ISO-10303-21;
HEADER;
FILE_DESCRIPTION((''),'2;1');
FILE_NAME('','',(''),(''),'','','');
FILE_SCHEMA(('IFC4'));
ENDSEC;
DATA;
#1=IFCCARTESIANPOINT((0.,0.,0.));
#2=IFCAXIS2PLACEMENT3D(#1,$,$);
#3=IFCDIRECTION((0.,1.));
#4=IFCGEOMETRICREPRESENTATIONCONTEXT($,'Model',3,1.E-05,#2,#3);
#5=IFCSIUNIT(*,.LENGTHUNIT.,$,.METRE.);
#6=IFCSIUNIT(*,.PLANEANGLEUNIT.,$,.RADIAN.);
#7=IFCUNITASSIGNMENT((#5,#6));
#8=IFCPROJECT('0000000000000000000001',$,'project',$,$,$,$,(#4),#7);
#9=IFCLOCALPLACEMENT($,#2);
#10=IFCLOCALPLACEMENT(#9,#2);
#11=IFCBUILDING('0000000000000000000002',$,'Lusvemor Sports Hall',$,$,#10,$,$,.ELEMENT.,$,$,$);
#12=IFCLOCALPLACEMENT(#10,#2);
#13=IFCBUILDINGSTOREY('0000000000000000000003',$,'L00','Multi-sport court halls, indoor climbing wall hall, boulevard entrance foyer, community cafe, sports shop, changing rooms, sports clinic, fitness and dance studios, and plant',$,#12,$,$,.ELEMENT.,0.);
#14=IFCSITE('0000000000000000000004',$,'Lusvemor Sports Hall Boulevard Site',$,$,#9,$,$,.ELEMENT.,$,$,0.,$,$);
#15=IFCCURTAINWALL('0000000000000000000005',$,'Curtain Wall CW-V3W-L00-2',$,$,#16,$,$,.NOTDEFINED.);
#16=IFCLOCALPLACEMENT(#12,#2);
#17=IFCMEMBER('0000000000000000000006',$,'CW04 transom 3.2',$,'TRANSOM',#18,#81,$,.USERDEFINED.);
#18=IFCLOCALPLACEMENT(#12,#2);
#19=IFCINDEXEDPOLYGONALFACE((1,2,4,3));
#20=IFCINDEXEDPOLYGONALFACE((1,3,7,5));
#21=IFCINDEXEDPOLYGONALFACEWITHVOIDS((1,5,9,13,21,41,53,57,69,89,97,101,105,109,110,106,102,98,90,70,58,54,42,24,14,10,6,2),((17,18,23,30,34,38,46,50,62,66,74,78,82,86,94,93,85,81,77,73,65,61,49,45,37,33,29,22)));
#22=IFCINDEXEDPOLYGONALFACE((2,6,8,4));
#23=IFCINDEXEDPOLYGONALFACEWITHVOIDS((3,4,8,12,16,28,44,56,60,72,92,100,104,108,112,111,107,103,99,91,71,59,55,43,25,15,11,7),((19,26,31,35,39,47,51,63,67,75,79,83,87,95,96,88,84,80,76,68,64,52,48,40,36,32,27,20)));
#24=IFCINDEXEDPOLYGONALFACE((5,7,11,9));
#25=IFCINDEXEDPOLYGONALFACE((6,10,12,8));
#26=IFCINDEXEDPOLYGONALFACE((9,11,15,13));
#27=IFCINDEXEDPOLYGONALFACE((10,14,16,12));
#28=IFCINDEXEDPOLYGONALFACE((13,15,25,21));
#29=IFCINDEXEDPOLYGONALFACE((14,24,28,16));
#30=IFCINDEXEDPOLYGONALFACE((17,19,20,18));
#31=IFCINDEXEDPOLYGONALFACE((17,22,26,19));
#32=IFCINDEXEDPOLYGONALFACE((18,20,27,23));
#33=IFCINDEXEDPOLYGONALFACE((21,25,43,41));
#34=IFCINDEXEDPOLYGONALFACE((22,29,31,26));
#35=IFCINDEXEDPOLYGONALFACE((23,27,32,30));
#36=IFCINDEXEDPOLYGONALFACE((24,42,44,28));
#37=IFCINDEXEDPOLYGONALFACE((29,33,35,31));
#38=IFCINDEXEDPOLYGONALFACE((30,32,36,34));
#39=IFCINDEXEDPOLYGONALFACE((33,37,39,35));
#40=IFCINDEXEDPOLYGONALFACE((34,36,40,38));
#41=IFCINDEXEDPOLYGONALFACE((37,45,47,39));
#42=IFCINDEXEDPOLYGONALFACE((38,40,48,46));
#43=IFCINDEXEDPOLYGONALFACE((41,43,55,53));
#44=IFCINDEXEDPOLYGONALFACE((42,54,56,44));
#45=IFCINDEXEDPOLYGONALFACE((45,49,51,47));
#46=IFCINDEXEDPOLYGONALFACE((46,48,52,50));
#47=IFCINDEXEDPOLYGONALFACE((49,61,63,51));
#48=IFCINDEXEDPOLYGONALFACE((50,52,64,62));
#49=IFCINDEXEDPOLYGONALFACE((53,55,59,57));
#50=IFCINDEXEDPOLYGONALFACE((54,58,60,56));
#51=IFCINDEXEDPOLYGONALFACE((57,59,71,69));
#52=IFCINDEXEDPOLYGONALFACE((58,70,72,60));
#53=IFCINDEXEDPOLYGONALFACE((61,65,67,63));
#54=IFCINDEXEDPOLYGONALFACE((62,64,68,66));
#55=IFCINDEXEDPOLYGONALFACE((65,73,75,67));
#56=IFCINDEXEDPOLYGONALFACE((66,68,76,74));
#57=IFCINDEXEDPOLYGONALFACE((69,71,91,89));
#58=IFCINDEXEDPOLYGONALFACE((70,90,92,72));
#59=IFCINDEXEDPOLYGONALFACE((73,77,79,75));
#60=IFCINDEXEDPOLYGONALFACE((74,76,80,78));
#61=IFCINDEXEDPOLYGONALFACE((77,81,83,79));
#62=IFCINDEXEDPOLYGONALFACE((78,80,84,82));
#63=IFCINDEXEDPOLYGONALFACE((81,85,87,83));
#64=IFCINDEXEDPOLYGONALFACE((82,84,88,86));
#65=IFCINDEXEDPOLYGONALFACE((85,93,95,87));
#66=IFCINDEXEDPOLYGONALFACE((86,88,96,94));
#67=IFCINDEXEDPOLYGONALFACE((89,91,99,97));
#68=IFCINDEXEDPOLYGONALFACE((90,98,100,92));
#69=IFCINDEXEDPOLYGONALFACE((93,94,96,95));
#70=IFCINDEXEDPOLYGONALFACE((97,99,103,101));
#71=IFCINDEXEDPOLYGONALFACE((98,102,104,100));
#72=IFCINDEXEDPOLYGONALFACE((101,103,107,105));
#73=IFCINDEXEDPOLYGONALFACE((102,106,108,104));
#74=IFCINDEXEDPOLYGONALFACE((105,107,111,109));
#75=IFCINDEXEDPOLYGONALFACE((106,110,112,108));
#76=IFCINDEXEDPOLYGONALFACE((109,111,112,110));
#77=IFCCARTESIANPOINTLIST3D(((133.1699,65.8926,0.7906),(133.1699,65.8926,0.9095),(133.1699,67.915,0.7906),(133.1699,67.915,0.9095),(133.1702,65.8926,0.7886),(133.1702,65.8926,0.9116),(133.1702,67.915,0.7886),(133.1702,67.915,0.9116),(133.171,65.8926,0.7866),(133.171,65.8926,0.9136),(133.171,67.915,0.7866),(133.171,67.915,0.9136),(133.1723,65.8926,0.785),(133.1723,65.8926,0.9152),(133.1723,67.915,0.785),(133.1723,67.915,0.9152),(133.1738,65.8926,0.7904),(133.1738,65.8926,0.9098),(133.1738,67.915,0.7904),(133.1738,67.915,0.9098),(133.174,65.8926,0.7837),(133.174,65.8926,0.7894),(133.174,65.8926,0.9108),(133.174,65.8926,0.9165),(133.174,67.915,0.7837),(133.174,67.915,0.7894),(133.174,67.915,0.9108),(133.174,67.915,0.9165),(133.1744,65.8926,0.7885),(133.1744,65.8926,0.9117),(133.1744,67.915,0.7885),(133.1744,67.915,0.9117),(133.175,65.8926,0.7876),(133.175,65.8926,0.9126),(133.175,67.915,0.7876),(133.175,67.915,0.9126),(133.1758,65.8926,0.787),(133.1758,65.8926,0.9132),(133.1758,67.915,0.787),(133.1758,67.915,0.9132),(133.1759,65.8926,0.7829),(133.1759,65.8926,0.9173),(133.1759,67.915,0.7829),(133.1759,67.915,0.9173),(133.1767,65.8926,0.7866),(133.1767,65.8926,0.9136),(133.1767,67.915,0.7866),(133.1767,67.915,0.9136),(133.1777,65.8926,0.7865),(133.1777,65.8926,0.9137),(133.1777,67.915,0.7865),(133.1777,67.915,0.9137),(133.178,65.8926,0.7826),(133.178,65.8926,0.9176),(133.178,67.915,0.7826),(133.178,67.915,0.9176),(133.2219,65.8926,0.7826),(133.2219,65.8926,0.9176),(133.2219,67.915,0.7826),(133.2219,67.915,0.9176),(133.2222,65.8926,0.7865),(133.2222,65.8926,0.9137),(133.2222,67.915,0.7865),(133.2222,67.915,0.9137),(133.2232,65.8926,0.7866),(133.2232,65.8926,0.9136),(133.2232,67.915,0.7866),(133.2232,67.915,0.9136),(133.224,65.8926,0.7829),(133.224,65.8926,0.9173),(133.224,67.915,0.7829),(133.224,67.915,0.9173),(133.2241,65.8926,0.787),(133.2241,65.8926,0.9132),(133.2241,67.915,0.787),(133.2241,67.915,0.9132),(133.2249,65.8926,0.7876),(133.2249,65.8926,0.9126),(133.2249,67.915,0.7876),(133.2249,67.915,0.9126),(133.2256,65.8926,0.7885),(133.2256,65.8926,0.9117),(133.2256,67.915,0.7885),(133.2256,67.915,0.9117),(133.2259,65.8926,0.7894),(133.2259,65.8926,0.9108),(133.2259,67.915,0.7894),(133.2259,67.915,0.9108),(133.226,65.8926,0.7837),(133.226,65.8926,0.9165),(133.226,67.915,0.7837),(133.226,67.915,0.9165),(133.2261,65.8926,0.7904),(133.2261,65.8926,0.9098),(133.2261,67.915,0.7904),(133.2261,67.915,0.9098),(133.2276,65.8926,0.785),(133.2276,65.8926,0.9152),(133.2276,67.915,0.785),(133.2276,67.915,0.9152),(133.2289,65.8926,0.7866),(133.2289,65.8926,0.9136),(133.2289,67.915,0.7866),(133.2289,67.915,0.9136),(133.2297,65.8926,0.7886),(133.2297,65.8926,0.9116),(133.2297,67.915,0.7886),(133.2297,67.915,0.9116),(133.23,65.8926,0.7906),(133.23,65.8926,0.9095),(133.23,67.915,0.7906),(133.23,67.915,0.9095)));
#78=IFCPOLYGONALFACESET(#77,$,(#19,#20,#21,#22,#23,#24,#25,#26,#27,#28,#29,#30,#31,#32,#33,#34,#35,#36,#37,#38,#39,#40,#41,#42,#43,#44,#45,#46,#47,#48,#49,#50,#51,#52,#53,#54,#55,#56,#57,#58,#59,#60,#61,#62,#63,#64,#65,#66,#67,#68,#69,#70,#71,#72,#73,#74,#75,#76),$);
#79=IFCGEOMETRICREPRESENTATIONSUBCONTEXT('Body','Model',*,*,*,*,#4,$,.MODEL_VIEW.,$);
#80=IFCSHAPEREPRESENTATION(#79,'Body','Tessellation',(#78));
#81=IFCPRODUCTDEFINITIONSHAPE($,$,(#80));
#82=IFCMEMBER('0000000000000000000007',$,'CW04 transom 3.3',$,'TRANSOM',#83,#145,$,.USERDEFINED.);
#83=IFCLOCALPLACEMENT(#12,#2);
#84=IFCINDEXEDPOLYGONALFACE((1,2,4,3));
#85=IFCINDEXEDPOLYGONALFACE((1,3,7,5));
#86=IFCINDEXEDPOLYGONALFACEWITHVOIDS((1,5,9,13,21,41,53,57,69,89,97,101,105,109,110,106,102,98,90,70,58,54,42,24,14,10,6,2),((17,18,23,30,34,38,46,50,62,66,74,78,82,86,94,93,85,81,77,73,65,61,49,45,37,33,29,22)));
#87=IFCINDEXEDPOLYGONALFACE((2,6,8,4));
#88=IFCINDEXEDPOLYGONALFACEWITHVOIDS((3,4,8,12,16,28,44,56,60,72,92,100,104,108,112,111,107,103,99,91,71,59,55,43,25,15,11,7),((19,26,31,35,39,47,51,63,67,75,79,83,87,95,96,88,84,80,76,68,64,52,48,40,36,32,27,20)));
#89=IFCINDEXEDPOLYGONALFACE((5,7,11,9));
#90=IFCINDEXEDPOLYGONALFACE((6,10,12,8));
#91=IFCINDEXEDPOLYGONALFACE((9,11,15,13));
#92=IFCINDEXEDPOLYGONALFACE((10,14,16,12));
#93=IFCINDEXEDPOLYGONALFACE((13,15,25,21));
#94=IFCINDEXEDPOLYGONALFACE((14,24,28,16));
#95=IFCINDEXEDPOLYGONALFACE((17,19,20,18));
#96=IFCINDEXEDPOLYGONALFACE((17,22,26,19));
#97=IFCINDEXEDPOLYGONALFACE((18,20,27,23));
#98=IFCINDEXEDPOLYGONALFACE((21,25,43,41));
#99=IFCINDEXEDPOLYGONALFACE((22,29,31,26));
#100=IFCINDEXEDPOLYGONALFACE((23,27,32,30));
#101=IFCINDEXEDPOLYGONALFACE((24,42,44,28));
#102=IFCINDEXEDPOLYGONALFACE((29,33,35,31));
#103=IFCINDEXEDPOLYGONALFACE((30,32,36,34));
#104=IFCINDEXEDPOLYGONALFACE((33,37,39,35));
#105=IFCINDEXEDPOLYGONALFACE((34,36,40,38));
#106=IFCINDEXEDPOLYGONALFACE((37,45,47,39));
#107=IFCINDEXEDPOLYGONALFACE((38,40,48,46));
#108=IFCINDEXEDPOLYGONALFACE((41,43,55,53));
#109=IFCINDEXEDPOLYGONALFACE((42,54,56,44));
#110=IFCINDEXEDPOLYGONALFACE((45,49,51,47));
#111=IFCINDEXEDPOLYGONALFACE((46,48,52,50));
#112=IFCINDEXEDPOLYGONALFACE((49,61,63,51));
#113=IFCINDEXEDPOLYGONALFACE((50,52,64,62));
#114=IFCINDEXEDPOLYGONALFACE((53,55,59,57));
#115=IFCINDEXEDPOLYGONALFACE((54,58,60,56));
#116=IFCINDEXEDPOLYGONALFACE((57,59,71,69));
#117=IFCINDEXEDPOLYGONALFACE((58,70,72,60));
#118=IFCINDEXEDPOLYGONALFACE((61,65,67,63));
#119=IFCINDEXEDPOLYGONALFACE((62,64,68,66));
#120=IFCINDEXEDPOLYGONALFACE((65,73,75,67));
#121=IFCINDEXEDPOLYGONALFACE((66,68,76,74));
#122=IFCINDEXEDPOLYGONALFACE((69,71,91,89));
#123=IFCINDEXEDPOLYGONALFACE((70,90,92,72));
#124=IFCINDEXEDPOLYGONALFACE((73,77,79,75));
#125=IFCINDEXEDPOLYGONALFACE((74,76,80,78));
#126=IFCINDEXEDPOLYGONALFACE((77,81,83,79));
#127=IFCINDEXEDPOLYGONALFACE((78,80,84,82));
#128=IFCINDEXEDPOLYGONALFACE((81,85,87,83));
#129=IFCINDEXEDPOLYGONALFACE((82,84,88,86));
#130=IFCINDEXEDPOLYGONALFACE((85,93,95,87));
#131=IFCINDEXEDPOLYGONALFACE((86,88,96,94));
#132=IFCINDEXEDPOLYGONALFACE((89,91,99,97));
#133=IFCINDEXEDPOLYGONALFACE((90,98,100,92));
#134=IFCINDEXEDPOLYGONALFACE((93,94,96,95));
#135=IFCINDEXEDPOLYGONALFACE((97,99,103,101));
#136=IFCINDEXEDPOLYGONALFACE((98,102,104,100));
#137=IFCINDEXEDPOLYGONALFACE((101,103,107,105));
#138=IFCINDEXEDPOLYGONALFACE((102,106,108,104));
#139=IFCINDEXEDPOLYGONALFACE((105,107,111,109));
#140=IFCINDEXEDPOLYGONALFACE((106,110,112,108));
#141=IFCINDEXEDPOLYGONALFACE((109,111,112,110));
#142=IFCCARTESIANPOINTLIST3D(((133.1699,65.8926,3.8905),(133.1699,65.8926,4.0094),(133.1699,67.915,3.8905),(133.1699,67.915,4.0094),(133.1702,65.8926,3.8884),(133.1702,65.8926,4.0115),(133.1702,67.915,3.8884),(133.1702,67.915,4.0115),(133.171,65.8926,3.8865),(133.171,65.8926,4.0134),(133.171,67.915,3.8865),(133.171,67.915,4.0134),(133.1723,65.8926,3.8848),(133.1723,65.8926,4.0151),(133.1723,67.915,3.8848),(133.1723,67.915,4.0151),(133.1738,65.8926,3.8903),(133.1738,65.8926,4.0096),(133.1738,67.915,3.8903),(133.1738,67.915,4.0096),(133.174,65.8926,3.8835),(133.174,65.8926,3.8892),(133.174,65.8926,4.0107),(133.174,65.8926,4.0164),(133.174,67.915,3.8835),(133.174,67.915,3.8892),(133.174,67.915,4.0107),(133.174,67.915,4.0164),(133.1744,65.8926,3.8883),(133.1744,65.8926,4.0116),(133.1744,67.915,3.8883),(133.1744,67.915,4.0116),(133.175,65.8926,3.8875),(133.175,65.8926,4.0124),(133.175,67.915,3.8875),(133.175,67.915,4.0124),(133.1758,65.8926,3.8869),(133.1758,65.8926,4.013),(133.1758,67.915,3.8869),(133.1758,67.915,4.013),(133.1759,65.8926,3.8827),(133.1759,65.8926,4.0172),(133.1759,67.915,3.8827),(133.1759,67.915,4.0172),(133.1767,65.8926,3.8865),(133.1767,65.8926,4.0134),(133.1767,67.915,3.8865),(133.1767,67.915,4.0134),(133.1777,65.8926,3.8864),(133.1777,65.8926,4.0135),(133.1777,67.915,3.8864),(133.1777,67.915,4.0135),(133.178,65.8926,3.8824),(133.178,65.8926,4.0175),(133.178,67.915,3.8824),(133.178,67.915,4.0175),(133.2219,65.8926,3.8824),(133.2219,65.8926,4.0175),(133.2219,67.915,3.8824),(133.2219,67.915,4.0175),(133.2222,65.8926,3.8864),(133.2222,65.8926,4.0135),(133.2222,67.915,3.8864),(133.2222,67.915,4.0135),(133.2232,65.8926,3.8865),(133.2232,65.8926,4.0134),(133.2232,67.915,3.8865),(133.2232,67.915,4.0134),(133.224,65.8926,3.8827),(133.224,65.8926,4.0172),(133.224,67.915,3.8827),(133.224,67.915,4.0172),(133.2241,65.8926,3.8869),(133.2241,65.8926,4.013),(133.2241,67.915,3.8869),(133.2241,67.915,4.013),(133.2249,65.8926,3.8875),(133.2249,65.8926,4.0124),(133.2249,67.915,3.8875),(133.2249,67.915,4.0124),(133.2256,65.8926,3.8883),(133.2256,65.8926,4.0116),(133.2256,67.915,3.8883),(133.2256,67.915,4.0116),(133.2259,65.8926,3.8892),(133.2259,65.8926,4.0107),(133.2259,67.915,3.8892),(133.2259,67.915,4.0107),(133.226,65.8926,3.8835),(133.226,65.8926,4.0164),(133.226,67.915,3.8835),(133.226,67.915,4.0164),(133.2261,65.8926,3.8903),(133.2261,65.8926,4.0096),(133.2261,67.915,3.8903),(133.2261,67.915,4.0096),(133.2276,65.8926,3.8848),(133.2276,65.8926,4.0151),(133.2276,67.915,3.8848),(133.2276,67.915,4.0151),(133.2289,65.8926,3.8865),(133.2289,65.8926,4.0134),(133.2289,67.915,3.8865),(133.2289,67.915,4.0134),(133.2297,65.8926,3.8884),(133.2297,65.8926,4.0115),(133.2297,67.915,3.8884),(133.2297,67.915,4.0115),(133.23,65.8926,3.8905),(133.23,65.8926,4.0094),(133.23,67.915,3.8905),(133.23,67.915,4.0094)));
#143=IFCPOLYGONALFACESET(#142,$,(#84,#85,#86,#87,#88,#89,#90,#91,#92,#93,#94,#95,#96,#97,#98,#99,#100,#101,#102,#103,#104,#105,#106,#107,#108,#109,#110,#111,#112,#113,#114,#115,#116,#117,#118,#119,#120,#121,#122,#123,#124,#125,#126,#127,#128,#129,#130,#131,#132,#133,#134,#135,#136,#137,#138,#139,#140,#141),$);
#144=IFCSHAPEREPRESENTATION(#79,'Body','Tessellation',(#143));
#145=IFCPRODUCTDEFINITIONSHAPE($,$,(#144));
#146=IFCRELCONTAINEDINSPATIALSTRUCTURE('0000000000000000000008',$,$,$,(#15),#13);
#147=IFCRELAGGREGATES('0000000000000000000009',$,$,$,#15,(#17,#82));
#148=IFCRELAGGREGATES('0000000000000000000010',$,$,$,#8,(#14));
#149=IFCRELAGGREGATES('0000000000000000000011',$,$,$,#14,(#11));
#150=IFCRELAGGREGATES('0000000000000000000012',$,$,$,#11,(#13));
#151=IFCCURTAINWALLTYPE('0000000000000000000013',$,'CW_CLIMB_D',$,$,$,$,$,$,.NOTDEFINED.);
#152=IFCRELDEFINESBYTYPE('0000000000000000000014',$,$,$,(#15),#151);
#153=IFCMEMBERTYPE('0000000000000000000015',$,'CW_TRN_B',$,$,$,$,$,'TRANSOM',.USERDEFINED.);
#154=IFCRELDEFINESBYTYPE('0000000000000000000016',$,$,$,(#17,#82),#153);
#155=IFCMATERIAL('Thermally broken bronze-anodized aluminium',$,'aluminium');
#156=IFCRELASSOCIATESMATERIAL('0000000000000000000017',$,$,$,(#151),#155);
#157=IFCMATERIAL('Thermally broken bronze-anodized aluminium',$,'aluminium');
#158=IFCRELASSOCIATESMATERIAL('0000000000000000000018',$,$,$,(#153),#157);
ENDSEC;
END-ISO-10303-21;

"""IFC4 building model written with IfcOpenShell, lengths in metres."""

from ifc_helpers import new_model, si_unit, direction, frame, origin, origin_2d, place, context, subcontext, project, spatial, hollow_rectangle, extrude, material, material_profile, profile_set, type_object, element, aggregate, save


model = new_model("IFC4")

# Units and contexts
model_context = context("Model", 3, precision=1e-05, world=origin(), true_north=direction((0.0, 1.0)))
body_context = subcontext(model_context, "Body", "Model", "MODEL_VIEW")
ifc_project = project(units=[si_unit("LENGTHUNIT", "METRE"), si_unit("PLANEANGLEUNIT", "RADIAN")], contexts=[model_context])

# Site, building, storey
site_placement = place(None, origin())
site = spatial("IfcSite", under=ifc_project, at=site_placement, Name="Lusvemor Sports Hall Boulevard Site", CompositionType="ELEMENT", RefElevation=0.0)
building_placement = place(site_placement, origin())
building = spatial("IfcBuilding", under=site, at=building_placement, Name="Lusvemor Sports Hall", CompositionType="ELEMENT")
storey_placement = place(building_placement, origin())
storey = spatial("IfcBuildingStorey", under=building, at=storey_placement, Name="L00", Description="Multi-sport court halls, indoor climbing wall hall, boulevard entrance foyer, community cafe, sports shop, changing rooms, sports clinic, fitness and dance studios, and plant", CompositionType="ELEMENT", Elevation=0.0)

# Curtain wall, members
ifc_material_1 = material(Name="Thermally broken bronze-anodized aluminium", Category="aluminium")
curtain_wall_type = type_object("IfcCurtainWallType", Name="CW_CLIMB_D", PredefinedType="NOTDEFINED", material=ifc_material_1)
curtain_wall_placement = place(storey_placement, origin())
curtain_wall = element("IfcCurtainWall", 1, at=curtain_wall_placement, inside=storey, type_object=curtain_wall_type, Name="Curtain Wall CW-V3W-L00-2", PredefinedType="NOTDEFINED")
ifc_material_2 = material(Name="Thermally broken bronze-anodized aluminium", Category="aluminium")
ifc_material_profile_1 = material_profile(ifc_material_2, hollow_rectangle(XDim=0.0601, YDim=0.135, WallThickness=0.0039, InnerFilletRadius=0.0039, OuterFilletRadius=0.0081, at=origin_2d()), Name="CWTRN135x60x4")
ifc_profile_set_1 = profile_set([ifc_material_profile_1], Name="Thermally broken bronze-anodized aluminium")
member_type_1 = type_object("IfcMemberType", Name="CW_TRN_B", ElementType="TRANSOM", PredefinedType="USERDEFINED", material=ifc_profile_set_1)
member_1_placement = place(storey_placement, frame((133.2, 65.8926, 0.8501), z_axis=(0.0, 1.0, 0.0), x_axis=(-1.0, 0.0, 0.0)))
member_1 = element("IfcMember", 2, at=member_1_placement, type_object=member_type_1, Name="CW04 transom 3.2", ObjectType="TRANSOM", PredefinedType="USERDEFINED", context=body_context, shape_type="SweptSolid", body=[
    extrude(hollow_rectangle(XDim=0.0601, YDim=0.135, WallThickness=0.0039, InnerFilletRadius=0.0039, OuterFilletRadius=0.0081, at=origin_2d()), origin(), (0.0, 0.0, 1.0), 2.0225),
])
member_2_placement = place(storey_placement, frame((133.2, 65.8926, 3.95), z_axis=(0.0, 1.0, 0.0), x_axis=(-1.0, 0.0, 0.0)))
member_2 = element("IfcMember", 3, at=member_2_placement, type_object=member_type_1, Name="CW04 transom 3.3", ObjectType="TRANSOM", PredefinedType="USERDEFINED", context=body_context, shape_type="SweptSolid", body=[
    extrude(hollow_rectangle(XDim=0.0601, YDim=0.135, WallThickness=0.0039, InnerFilletRadius=0.0039, OuterFilletRadius=0.0081, at=origin_2d()), origin(), (0.0, 0.0, 1.0), 2.0225),
])
aggregate(curtain_wall, [member_1, member_2])

save(model, "model.ifc")
